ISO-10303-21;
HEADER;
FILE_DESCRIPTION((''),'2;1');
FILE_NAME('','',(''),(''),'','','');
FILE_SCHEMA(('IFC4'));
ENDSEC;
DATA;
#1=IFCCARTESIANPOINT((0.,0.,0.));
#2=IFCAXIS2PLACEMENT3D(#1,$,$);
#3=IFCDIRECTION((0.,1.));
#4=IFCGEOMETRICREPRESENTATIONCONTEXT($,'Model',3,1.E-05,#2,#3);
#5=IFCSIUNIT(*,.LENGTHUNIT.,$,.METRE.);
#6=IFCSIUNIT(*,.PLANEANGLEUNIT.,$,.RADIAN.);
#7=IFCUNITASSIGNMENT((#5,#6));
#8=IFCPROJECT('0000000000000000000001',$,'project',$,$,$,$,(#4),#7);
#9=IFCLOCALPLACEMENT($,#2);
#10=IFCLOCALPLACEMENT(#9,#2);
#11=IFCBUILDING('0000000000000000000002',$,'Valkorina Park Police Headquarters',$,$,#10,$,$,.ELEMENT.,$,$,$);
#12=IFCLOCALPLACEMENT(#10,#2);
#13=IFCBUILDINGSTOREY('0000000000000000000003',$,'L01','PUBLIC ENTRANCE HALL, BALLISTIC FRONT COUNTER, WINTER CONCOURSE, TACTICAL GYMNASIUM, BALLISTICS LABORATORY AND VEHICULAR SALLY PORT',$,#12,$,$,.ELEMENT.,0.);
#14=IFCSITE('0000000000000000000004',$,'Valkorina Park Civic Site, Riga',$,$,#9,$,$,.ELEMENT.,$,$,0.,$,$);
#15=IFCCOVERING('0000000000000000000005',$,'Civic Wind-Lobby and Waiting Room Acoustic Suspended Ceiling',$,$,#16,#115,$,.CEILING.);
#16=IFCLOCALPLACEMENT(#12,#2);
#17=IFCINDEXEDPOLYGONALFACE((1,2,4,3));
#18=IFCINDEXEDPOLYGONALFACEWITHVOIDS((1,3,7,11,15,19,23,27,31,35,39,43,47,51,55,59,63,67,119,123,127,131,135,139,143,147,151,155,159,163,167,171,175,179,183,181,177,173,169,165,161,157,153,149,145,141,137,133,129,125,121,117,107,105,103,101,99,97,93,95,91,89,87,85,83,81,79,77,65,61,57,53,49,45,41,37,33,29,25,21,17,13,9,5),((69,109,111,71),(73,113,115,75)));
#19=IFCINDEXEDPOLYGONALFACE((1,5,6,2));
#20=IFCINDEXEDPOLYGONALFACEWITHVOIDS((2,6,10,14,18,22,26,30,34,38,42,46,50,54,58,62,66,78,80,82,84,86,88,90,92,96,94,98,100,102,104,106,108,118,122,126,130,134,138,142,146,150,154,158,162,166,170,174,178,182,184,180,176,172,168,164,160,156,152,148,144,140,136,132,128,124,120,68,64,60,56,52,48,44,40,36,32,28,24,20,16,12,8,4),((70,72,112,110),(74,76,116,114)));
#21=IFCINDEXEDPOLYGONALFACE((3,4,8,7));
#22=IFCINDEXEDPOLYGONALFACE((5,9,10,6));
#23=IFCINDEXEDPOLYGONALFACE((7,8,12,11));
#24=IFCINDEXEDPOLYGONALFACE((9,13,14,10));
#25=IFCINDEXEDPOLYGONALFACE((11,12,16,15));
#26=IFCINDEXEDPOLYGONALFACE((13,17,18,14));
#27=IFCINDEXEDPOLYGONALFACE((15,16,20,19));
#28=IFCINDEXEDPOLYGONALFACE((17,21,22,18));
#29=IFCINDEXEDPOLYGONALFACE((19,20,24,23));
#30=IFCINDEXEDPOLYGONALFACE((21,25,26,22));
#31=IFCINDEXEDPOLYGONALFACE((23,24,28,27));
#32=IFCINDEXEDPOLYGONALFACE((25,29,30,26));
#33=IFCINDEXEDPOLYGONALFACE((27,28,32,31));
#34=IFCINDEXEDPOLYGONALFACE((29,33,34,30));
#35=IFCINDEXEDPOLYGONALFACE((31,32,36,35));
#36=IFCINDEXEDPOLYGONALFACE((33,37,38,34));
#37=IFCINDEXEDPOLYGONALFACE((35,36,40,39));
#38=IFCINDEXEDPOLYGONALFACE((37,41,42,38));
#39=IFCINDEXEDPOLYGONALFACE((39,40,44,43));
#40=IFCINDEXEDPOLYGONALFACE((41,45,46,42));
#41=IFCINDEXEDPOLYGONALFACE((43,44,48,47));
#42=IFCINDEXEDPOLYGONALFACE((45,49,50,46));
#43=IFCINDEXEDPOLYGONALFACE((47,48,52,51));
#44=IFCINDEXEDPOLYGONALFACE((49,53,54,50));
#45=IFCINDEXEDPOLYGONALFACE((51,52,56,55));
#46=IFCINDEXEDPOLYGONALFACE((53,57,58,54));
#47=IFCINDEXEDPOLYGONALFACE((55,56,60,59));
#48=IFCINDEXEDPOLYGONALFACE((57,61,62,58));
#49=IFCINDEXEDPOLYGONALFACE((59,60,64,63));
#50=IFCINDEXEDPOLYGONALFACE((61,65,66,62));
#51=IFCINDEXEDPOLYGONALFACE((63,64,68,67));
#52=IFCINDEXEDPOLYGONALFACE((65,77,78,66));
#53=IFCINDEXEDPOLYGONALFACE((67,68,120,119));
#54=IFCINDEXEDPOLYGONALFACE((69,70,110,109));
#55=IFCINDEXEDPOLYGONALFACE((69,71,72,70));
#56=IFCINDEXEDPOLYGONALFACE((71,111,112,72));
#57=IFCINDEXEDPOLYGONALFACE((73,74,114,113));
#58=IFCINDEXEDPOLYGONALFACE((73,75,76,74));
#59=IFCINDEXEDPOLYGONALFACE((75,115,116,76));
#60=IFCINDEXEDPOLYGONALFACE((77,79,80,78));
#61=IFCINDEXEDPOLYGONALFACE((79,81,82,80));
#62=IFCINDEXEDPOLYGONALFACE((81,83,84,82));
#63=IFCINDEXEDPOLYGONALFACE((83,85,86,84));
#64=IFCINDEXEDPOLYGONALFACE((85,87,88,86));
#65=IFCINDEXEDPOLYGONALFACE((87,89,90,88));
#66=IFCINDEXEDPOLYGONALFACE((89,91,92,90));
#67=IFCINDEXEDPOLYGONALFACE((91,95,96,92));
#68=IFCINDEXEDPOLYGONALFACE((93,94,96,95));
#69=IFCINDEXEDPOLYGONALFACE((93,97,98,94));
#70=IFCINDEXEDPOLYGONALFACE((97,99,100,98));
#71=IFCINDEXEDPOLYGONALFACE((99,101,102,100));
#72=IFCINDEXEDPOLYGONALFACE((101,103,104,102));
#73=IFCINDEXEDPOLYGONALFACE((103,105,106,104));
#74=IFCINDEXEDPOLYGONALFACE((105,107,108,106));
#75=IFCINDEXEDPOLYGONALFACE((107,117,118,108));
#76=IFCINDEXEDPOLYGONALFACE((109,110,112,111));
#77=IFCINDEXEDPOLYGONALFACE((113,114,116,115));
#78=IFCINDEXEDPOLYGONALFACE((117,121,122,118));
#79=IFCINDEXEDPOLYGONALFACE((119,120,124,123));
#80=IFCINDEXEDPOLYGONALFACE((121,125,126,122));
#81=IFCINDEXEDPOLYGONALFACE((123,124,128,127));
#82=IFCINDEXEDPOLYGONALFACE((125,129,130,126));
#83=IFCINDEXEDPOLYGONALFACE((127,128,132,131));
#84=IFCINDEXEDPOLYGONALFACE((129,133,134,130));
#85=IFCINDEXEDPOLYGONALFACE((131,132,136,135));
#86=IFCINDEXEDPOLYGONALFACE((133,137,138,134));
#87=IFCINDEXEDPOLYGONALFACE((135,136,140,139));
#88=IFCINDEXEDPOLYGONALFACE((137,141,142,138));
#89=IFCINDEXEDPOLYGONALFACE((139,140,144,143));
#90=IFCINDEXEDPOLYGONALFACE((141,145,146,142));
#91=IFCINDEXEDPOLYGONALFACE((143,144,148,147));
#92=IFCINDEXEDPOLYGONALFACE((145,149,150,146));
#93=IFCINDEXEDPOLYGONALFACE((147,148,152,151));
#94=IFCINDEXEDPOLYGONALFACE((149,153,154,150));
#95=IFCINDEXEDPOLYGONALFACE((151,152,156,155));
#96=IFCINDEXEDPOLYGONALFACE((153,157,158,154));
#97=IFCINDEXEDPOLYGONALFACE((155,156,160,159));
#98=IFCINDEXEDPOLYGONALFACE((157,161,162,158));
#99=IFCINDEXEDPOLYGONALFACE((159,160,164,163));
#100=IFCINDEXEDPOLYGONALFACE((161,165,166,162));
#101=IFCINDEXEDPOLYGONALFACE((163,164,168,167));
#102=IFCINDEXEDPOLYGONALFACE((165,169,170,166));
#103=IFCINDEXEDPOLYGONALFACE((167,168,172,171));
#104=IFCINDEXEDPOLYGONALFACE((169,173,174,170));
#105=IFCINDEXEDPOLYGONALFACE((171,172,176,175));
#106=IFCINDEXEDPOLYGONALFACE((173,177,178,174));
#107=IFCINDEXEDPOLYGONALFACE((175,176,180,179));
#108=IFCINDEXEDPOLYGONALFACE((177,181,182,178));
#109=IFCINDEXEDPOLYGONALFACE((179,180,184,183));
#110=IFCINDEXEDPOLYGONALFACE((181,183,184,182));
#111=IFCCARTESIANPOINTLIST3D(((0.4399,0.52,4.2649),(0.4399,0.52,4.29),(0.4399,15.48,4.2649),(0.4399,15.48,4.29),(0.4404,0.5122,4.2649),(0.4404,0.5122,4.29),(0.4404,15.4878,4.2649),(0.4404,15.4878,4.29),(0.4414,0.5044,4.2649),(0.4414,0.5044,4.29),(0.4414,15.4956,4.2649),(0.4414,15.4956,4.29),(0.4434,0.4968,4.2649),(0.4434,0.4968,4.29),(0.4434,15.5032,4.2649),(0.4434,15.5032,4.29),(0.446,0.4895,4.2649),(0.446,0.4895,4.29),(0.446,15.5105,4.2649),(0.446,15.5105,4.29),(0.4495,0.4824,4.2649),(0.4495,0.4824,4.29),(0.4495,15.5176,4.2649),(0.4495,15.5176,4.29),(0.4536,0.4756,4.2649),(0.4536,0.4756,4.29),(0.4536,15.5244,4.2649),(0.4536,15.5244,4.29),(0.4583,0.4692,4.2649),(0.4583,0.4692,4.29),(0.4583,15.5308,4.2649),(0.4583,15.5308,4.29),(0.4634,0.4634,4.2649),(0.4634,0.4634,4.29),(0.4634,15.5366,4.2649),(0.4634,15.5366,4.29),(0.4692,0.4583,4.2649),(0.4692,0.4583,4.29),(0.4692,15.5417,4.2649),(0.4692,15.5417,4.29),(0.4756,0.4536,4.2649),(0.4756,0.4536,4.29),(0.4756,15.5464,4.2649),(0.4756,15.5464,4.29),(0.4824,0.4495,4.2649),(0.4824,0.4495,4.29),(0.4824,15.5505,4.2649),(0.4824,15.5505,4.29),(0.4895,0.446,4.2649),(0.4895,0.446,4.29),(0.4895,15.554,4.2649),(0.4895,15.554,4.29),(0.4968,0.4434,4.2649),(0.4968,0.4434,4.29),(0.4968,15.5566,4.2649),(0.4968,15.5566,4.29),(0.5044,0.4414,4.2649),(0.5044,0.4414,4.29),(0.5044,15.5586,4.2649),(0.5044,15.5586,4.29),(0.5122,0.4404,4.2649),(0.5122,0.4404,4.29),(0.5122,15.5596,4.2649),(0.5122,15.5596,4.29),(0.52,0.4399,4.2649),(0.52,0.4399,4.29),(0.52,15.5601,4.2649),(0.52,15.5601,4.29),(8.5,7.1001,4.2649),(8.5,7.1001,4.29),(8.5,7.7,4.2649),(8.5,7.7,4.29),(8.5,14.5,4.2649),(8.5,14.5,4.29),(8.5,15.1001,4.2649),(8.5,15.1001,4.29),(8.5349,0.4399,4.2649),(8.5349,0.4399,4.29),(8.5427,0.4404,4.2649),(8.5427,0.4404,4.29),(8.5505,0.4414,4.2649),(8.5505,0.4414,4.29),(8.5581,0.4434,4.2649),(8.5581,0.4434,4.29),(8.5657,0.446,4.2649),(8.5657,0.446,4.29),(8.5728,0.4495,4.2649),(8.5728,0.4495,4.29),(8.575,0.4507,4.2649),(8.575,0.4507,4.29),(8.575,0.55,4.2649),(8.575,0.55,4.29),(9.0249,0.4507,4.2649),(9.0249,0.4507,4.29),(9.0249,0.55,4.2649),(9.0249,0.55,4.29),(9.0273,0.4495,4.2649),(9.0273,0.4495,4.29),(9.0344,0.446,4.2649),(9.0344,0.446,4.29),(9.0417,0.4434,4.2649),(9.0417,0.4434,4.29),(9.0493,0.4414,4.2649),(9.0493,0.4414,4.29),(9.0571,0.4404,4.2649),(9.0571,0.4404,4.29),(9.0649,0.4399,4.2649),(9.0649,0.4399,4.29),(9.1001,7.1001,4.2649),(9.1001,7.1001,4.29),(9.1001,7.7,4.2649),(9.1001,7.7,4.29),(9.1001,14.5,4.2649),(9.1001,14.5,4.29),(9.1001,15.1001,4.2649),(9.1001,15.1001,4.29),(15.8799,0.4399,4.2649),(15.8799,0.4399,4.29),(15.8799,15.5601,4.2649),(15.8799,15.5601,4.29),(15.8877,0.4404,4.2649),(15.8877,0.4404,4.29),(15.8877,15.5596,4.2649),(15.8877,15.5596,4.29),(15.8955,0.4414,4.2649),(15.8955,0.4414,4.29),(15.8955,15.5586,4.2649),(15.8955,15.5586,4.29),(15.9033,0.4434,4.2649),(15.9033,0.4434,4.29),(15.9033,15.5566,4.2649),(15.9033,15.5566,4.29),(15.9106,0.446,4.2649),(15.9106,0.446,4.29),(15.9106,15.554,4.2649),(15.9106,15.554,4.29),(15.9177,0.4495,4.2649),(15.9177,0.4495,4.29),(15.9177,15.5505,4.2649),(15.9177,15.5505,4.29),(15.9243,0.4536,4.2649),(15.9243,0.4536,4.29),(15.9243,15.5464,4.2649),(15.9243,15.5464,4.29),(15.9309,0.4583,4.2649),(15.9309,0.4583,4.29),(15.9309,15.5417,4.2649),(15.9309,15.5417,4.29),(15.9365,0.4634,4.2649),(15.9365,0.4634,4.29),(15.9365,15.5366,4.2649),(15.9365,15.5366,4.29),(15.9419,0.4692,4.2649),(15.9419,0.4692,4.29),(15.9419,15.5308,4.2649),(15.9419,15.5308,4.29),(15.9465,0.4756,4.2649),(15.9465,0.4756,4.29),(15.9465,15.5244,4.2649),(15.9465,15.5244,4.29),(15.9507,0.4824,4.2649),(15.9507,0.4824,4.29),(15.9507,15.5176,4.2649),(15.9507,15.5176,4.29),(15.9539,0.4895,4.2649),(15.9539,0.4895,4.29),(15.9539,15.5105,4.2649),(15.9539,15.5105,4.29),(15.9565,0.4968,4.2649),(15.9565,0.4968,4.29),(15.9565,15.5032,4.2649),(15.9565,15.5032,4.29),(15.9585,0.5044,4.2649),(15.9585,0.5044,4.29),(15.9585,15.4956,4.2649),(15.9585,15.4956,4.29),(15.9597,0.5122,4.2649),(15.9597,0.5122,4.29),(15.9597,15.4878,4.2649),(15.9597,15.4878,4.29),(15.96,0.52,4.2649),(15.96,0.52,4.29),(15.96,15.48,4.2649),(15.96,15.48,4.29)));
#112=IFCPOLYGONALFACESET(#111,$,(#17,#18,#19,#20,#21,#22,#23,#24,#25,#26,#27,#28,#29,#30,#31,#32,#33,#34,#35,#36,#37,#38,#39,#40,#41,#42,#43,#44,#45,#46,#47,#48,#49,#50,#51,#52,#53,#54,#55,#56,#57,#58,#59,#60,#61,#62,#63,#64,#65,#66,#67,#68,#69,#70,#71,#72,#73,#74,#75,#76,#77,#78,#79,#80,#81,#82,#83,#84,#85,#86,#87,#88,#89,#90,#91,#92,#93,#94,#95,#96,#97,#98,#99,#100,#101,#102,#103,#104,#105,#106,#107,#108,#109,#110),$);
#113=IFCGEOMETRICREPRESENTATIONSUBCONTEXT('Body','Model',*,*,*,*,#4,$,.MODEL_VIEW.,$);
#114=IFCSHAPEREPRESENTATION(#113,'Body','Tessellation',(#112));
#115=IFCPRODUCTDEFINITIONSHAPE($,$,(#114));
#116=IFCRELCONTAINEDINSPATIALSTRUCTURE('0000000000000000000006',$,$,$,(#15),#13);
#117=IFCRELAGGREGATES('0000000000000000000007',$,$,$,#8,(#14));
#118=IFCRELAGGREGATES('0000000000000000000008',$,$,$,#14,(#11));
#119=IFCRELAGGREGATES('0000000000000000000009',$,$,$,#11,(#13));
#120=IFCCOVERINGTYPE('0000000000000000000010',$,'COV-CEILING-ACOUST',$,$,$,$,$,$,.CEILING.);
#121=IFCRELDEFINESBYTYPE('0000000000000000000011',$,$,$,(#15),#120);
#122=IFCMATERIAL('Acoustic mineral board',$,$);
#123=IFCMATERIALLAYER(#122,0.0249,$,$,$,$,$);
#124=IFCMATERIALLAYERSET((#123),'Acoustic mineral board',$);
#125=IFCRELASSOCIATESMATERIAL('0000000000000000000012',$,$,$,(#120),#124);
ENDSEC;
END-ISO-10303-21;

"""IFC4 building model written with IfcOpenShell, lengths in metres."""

from ifc_helpers import new_model, si_unit, direction, frame, origin, place, context, subcontext, project, spatial, polyline, outline, extrude, material, layer, layer_set, type_object, element, save


model = new_model("IFC4")

# Units and contexts
model_context = context("Model", 3, precision=1e-05, world=origin(), true_north=direction((0.0, 1.0)))
body_context = subcontext(model_context, "Body", "Model", "MODEL_VIEW")
ifc_project = project(units=[si_unit("LENGTHUNIT", "METRE"), si_unit("PLANEANGLEUNIT", "RADIAN")], contexts=[model_context])

# Site, building, storey
site_placement = place(None, origin())
site = spatial("IfcSite", under=ifc_project, at=site_placement, Name="Valkorina Park Civic Site, Riga", CompositionType="ELEMENT", RefElevation=0.0)
building_placement = place(site_placement, origin())
building = spatial("IfcBuilding", under=site, at=building_placement, Name="Valkorina Park Police Headquarters", CompositionType="ELEMENT")
storey_placement = place(building_placement, origin())
storey = spatial("IfcBuildingStorey", under=building, at=storey_placement, Name="L01", Description="PUBLIC ENTRANCE HALL, BALLISTIC FRONT COUNTER, WINTER CONCOURSE, TACTICAL GYMNASIUM, BALLISTICS LABORATORY AND VEHICULAR SALLY PORT", CompositionType="ELEMENT", Elevation=0.0)

# Covering
ifc_material_1 = material(Name="Acoustic mineral board")
ifc_layer_1 = layer(ifc_material_1, 0.0249)
ifc_layer_set_1 = layer_set([ifc_layer_1], Name="Acoustic mineral board")
covering_type_1 = type_object("IfcCoveringType", Name="COV-CEILING-ACOUST", PredefinedType="CEILING", material=ifc_layer_set_1)
covering_1_placement = place(storey_placement, frame((0.0, 0.0, 4.2649)))
element("IfcCovering", 1, at=covering_1_placement, inside=storey, type_object=covering_type_1, Name="Civic Wind-Lobby and Waiting Room Acoustic Suspended Ceiling", PredefinedType="CEILING", context=body_context, shape_type="SweptSolid", body=[
    extrude(outline(polyline([(8.575, 0.4507), (8.575, 0.55), (9.0249, 0.55), (9.0249, 0.4507), (9.0273, 0.4495), (9.0344, 0.446), (9.0417, 0.4434), (9.0493, 0.4414), (9.0571, 0.4404), (9.0649, 0.4399), (15.8799, 0.4399), (15.8877, 0.4404), (15.8955, 0.4414), (15.9033, 0.4434), (15.9106, 0.446), (15.9177, 0.4495), (15.9243, 0.4536), (15.9309, 0.4583), (15.9365, 0.4634), (15.9419, 0.4692), (15.9465, 0.4756), (15.9507, 0.4824), (15.9539, 0.4895), (15.9565, 0.4968), (15.9585, 0.5044), (15.9597, 0.5122), (15.96, 0.52), (15.96, 15.48), (15.9597, 15.4878), (15.9585, 15.4956), (15.9565, 15.5032), (15.9539, 15.5105), (15.9507, 15.5176), (15.9465, 15.5244), (15.9419, 15.5308), (15.9365, 15.5366), (15.9309, 15.5417), (15.9243, 15.5464), (15.9177, 15.5505), (15.9106, 15.554), (15.9033, 15.5566), (15.8955, 15.5586), (15.8877, 15.5596), (15.8799, 15.5601), (0.52, 15.5601), (0.5122, 15.5596), (0.5044, 15.5586), (0.4968, 15.5566), (0.4895, 15.554), (0.4824, 15.5505), (0.4756, 15.5464), (0.4692, 15.5417), (0.4634, 15.5366), (0.4583, 15.5308), (0.4536, 15.5244), (0.4495, 15.5176), (0.446, 15.5105), (0.4434, 15.5032), (0.4414, 15.4956), (0.4404, 15.4878), (0.4399, 15.48), (0.4399, 0.52), (0.4404, 0.5122), (0.4414, 0.5044), (0.4434, 0.4968), (0.446, 0.4895), (0.4495, 0.4824), (0.4536, 0.4756), (0.4583, 0.4692), (0.4634, 0.4634), (0.4692, 0.4583), (0.4756, 0.4536), (0.4824, 0.4495), (0.4895, 0.446), (0.4968, 0.4434), (0.5044, 0.4414), (0.5122, 0.4404), (0.52, 0.4399), (8.5349, 0.4399), (8.5427, 0.4404), (8.5505, 0.4414), (8.5581, 0.4434), (8.5657, 0.446), (8.5728, 0.4495), (8.575, 0.4507)]), holes=[polyline([(9.1001, 14.5), (8.5, 14.5), (8.5, 15.1001), (9.1001, 15.1001), (9.1001, 14.5)]), polyline([(9.1001, 7.1001), (8.5, 7.1001), (8.5, 7.7), (9.1001, 7.7), (9.1001, 7.1001)])]), origin(), (0.0, 0.0, 1.0), 0.0251),
])

save(model, "model.ifc")
